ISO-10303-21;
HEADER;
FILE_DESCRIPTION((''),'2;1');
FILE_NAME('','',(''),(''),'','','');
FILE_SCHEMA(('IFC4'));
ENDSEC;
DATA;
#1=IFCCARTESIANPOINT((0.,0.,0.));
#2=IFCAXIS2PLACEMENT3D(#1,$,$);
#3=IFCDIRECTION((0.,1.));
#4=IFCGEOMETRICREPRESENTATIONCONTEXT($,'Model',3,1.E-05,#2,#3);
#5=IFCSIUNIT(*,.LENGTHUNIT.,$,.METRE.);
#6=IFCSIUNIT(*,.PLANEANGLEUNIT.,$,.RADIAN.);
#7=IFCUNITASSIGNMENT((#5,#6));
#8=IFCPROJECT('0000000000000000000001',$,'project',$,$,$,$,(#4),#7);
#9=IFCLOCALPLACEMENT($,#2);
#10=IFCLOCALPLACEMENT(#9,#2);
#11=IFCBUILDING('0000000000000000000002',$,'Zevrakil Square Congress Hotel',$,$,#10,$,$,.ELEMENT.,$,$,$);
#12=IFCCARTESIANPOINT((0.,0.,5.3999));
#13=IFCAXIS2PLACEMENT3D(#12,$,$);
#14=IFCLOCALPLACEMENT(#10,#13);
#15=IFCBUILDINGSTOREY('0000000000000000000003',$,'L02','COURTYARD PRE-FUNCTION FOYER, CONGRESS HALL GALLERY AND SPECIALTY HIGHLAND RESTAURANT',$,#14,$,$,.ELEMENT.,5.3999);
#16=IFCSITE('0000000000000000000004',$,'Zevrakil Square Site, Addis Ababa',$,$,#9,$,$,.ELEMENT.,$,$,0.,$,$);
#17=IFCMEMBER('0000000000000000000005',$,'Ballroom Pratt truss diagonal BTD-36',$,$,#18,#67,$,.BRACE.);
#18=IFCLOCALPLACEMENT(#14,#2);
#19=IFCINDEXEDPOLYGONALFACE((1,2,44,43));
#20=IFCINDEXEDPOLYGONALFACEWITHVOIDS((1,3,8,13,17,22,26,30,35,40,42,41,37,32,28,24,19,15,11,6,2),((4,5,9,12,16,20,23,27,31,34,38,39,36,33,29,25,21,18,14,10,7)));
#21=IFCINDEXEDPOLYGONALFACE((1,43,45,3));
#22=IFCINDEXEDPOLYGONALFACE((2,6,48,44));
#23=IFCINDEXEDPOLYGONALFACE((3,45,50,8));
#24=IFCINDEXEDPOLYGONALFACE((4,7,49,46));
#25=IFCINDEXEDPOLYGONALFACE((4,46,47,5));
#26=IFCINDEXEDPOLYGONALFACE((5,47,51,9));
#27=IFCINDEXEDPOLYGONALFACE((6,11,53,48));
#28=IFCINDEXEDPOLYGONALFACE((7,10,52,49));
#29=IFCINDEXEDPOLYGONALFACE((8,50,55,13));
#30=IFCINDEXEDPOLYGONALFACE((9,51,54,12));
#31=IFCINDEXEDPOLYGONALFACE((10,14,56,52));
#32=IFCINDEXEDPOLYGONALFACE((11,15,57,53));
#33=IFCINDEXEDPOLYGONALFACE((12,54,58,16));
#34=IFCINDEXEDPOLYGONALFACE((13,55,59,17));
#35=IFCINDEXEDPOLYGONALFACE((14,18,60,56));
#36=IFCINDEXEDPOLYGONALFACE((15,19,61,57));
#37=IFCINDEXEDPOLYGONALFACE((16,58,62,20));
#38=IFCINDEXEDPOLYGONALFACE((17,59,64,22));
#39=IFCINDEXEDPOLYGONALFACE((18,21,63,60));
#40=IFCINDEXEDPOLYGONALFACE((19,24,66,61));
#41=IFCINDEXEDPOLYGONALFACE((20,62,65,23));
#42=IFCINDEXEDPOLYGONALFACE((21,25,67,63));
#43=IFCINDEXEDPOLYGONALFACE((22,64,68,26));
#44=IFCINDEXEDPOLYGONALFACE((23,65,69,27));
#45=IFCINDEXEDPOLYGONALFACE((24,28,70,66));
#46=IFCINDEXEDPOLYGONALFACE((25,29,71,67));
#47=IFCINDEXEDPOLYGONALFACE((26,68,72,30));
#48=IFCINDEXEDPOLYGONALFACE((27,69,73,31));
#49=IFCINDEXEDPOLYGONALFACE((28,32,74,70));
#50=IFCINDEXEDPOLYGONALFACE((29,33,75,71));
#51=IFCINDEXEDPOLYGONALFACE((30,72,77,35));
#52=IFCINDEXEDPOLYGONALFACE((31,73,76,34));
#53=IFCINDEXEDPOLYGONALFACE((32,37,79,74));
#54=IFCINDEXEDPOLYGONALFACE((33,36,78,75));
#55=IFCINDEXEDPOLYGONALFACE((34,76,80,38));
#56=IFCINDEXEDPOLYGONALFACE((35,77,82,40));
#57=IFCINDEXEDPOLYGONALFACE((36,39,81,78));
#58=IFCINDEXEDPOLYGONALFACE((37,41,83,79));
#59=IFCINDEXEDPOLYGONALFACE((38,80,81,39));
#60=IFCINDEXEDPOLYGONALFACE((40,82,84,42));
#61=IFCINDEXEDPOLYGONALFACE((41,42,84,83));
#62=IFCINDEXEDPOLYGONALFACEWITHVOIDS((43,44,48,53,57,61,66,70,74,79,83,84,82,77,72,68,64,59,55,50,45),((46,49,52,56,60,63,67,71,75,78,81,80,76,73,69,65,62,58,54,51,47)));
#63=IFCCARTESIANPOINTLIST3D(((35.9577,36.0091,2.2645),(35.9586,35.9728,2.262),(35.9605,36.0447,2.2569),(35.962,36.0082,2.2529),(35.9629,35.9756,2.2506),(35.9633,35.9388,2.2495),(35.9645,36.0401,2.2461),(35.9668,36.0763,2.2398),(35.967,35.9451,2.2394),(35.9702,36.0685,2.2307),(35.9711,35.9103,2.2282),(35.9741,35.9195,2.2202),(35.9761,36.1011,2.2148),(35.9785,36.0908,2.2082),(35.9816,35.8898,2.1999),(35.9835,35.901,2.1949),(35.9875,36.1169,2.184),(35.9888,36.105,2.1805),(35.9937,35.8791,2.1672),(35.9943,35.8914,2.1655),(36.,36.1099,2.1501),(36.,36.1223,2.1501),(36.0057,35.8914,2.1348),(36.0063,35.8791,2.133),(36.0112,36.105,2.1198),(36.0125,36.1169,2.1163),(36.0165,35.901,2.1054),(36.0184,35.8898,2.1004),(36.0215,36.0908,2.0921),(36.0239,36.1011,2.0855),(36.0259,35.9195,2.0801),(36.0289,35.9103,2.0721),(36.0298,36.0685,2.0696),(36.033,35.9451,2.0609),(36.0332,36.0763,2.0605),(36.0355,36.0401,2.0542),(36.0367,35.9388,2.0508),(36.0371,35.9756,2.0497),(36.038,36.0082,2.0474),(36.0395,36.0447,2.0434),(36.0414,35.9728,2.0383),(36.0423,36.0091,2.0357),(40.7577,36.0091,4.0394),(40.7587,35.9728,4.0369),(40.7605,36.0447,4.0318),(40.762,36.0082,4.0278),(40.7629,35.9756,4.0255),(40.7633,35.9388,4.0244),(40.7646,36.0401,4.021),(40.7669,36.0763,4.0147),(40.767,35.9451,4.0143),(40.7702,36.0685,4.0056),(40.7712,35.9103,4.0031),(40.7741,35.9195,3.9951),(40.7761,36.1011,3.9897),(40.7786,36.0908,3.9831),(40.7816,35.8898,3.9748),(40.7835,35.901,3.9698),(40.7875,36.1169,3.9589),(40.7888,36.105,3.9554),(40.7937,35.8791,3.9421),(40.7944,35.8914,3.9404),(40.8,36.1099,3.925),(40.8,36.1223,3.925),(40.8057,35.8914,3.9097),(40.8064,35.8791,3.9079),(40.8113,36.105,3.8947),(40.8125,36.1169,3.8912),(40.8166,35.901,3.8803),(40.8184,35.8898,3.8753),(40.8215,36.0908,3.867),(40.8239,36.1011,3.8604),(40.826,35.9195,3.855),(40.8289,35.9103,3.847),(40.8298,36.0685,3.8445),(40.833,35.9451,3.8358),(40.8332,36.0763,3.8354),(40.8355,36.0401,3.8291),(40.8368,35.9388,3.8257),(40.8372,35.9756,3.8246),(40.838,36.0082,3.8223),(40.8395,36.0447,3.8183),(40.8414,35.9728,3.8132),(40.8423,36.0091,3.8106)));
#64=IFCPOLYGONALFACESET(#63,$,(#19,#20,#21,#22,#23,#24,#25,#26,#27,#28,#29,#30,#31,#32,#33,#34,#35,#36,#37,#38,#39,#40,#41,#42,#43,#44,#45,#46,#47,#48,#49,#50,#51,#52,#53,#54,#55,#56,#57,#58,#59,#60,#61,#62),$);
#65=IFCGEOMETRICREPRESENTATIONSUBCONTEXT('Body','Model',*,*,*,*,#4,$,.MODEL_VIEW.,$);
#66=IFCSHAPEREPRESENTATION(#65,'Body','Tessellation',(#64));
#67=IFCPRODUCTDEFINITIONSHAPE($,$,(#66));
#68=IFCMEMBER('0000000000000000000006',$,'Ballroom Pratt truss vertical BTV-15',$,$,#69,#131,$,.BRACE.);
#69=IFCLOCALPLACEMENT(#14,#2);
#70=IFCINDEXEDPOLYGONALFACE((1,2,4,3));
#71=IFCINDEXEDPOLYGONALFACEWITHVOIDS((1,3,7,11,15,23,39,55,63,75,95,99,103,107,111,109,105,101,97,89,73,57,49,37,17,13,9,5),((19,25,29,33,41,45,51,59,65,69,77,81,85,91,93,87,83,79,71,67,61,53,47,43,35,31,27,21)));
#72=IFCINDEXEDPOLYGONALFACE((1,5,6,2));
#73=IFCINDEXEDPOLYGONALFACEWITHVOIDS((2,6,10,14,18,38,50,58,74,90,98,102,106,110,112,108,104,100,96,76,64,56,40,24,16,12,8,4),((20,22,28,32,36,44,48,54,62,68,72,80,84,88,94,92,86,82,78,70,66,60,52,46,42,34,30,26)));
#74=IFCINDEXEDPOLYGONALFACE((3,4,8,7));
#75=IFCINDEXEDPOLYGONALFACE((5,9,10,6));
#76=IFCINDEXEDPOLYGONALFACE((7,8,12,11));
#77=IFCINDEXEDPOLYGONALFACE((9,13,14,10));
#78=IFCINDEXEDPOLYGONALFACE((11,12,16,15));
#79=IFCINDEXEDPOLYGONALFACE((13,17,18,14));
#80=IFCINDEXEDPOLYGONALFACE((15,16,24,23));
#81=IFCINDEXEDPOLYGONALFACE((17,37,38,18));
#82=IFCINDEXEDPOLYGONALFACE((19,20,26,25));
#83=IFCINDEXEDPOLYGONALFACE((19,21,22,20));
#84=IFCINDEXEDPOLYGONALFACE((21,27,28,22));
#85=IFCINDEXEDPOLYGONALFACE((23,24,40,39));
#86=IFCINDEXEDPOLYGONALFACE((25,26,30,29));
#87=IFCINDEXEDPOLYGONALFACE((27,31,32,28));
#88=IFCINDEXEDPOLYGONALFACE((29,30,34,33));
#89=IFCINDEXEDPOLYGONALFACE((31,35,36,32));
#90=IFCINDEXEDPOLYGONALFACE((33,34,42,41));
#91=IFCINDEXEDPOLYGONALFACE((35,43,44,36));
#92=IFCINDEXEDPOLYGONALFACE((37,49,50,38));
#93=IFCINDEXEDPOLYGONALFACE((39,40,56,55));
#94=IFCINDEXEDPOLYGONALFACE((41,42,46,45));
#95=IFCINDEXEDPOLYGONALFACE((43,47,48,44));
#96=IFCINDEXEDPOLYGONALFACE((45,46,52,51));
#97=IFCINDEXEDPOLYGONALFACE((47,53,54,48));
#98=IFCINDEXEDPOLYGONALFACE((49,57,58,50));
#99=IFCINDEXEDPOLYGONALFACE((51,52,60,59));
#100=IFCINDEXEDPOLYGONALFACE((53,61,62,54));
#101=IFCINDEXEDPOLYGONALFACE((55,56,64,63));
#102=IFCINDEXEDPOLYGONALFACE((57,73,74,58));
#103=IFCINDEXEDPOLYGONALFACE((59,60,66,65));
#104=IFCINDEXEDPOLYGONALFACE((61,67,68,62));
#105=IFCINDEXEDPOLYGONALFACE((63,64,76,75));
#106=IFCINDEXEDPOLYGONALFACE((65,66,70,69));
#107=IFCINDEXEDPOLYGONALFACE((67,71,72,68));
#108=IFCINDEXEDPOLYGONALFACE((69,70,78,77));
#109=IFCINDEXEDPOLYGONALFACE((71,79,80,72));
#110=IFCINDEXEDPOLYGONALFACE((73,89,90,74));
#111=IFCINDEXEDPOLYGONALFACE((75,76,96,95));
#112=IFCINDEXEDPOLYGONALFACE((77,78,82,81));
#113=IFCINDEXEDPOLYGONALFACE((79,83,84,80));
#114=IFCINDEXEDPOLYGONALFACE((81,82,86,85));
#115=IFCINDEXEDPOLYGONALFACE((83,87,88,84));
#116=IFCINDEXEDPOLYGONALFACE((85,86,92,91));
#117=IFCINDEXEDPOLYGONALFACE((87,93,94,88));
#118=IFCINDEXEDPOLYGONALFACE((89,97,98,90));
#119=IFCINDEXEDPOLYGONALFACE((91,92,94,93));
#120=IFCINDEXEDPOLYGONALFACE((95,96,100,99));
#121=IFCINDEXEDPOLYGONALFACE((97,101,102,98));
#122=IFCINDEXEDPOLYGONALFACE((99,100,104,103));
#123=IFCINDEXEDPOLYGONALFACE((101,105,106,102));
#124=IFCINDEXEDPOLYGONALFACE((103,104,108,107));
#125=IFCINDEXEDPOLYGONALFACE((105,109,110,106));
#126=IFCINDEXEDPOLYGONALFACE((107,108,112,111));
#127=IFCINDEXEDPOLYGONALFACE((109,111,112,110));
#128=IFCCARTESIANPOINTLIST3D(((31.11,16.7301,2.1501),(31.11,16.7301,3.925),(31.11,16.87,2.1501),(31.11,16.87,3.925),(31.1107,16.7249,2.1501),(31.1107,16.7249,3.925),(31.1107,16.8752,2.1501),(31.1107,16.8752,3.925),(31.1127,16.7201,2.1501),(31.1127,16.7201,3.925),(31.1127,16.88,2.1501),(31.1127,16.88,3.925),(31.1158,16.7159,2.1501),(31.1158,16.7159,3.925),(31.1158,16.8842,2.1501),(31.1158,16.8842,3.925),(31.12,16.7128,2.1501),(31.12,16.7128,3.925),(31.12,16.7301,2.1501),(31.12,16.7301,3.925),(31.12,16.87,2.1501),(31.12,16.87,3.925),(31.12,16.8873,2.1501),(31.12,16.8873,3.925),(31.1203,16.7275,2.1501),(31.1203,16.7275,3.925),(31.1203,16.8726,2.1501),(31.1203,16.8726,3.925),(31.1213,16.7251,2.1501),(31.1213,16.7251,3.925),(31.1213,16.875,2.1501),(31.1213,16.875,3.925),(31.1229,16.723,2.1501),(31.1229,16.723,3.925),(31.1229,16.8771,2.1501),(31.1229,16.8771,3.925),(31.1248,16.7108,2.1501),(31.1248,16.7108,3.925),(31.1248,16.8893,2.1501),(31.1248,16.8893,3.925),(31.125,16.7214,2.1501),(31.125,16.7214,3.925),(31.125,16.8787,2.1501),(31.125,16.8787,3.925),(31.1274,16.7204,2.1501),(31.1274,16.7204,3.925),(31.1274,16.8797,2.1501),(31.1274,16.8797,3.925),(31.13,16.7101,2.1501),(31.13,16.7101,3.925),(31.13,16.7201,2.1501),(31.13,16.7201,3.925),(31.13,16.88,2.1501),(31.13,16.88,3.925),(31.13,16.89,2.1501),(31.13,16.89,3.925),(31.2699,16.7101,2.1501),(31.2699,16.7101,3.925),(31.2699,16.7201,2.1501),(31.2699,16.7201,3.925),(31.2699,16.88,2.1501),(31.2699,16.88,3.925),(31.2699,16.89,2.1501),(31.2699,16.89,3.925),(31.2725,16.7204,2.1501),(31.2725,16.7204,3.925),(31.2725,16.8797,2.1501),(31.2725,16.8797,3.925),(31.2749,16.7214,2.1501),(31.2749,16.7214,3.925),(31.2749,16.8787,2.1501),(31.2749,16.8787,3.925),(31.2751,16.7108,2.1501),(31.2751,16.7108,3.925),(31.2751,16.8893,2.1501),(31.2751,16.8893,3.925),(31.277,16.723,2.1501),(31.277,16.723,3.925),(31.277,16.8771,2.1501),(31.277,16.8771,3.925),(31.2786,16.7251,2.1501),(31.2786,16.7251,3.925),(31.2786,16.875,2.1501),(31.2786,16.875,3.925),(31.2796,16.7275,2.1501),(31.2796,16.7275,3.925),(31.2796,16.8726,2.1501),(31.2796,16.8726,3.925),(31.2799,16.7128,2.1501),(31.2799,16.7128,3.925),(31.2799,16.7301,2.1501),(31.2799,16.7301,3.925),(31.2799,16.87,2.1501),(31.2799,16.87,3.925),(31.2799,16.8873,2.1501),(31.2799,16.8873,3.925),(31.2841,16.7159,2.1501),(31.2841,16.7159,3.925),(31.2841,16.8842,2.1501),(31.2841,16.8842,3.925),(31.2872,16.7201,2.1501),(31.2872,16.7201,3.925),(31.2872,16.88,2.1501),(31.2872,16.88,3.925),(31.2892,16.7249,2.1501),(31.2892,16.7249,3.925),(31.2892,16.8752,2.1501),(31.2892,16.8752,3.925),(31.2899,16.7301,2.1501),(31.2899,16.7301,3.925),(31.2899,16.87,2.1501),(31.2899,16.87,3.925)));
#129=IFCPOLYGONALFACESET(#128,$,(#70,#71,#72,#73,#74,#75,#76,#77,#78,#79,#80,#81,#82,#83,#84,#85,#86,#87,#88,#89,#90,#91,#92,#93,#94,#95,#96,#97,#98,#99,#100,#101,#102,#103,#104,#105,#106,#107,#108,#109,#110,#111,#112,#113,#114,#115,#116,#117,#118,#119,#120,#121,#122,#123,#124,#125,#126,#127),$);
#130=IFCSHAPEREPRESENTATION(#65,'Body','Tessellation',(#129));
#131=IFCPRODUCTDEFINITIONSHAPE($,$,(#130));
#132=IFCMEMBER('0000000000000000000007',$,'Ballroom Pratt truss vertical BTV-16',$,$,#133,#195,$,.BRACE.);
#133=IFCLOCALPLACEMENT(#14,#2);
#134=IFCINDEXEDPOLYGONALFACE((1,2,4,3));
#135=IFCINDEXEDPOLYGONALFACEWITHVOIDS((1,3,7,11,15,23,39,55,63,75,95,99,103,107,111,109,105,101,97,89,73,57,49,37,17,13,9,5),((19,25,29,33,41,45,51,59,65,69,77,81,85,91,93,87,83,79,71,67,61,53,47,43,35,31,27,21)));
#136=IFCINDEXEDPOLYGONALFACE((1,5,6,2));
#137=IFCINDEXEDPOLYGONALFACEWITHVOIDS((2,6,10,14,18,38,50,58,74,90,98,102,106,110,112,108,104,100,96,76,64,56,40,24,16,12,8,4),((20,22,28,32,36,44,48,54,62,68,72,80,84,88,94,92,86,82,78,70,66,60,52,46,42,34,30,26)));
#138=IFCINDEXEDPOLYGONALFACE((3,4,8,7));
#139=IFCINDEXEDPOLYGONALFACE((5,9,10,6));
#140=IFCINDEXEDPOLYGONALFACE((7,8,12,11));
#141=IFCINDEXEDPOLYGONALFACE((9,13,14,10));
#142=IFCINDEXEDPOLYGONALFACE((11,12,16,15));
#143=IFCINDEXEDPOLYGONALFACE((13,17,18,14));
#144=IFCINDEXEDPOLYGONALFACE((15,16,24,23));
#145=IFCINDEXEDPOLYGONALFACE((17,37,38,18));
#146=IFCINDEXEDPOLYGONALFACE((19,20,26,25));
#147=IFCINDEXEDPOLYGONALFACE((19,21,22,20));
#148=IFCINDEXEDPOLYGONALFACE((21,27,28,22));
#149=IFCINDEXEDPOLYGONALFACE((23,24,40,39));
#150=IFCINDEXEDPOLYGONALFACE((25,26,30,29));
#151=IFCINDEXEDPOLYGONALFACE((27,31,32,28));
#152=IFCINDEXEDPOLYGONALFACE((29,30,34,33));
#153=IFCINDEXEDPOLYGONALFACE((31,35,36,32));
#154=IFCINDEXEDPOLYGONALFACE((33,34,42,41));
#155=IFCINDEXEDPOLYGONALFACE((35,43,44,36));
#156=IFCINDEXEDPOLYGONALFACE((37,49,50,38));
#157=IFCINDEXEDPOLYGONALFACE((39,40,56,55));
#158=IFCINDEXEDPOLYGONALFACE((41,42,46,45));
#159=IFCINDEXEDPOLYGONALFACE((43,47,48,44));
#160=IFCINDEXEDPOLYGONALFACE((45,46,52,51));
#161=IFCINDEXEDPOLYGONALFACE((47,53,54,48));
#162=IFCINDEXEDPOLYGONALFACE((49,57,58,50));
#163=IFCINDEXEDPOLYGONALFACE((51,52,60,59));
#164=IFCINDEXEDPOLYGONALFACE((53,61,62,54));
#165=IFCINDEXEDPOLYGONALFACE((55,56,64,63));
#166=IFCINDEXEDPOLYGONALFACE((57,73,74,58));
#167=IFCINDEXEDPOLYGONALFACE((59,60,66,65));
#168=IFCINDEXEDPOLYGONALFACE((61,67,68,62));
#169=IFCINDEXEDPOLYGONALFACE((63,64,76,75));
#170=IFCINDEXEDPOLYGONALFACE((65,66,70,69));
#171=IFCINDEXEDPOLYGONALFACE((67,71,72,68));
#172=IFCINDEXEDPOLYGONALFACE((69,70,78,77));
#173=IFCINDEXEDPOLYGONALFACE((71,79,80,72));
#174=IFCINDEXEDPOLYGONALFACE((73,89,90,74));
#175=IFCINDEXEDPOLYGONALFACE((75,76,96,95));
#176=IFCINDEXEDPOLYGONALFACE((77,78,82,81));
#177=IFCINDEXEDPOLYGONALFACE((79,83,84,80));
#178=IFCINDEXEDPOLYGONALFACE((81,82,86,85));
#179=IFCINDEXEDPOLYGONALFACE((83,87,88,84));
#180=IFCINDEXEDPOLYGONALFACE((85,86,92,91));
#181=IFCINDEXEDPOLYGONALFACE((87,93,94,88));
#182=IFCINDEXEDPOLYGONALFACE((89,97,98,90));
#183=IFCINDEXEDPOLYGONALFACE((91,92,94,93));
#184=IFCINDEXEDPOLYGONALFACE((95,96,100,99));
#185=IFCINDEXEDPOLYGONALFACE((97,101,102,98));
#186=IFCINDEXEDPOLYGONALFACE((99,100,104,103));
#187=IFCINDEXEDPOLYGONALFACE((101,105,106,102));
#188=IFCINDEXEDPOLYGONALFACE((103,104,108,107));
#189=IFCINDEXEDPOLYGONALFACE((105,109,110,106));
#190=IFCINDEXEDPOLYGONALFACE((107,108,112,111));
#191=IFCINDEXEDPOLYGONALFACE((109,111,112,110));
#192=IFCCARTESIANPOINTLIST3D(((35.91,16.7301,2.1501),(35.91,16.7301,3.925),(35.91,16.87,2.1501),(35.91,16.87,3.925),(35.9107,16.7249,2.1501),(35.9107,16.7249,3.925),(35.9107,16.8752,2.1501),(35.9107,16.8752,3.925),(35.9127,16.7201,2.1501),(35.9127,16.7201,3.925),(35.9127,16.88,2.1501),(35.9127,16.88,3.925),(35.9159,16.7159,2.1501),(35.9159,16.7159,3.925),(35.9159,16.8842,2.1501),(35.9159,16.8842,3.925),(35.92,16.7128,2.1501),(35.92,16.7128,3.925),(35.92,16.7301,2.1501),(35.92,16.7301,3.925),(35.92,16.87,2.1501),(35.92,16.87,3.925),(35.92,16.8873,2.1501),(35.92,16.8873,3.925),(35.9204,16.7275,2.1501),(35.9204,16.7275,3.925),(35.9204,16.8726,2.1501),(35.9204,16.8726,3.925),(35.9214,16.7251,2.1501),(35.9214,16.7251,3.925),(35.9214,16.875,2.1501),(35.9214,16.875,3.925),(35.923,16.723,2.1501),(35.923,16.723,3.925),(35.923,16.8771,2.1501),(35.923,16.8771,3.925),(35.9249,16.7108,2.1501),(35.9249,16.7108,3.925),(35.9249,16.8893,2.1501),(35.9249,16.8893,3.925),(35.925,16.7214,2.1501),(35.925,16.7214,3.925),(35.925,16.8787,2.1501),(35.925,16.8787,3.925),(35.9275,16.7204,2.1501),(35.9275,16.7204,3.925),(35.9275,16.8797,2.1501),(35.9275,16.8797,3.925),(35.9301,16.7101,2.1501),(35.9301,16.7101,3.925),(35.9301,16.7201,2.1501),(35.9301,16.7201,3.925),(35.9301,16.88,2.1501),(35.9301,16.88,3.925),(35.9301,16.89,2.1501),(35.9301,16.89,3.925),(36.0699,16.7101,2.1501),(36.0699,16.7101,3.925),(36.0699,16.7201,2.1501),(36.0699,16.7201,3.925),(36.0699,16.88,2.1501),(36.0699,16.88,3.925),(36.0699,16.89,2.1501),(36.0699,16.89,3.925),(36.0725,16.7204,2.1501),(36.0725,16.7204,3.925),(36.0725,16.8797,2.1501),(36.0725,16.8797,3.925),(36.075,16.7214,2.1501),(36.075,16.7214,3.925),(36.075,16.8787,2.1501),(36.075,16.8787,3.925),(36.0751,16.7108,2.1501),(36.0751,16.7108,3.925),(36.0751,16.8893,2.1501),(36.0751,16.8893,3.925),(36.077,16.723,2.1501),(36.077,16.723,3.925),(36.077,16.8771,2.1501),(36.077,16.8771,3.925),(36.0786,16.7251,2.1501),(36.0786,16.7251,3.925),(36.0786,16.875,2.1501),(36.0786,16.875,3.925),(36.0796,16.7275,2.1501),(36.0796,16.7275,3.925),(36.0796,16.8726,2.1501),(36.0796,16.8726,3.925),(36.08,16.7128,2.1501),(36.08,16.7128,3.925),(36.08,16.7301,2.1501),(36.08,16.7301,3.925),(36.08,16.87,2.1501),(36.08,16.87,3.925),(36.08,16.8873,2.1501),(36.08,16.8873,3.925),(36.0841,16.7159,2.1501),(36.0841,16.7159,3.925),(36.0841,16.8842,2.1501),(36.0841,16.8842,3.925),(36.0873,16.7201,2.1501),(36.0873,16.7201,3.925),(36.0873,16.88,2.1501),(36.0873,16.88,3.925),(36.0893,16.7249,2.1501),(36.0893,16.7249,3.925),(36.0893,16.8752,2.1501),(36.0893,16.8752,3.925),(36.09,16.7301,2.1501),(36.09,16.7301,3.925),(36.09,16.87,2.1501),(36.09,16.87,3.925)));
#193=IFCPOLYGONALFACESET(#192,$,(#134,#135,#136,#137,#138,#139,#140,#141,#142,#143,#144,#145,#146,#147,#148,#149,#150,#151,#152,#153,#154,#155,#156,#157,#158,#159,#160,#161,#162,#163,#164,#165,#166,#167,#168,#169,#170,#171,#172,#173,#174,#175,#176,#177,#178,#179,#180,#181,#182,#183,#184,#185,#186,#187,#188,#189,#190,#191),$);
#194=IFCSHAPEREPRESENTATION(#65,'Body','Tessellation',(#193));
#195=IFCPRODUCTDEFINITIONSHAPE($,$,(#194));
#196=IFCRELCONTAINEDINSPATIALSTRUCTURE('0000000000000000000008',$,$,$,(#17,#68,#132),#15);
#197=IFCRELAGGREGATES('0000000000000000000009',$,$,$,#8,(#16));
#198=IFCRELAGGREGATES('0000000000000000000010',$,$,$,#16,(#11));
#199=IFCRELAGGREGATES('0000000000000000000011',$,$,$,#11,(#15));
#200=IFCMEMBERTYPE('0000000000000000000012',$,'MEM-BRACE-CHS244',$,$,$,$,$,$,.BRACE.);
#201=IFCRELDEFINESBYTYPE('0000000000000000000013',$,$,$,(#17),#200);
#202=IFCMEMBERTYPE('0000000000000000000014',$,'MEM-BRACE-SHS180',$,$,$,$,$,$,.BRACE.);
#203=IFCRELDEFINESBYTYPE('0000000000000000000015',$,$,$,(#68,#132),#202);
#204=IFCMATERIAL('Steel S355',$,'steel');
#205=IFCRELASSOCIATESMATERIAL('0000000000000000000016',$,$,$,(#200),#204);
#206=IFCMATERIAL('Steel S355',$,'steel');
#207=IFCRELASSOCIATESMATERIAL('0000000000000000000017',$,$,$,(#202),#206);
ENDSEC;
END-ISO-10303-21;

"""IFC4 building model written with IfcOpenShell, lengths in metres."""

from ifc_helpers import new_model, si_unit, direction, frame, origin, origin_2d, place, context, subcontext, project, spatial, hollow_rectangle, hollow_circle, extrude, material, material_profile, profile_set, type_object, element, save


model = new_model("IFC4")

# Units and contexts
model_context = context("Model", 3, precision=1e-05, world=origin(), true_north=direction((0.0, 1.0)))
body_context = subcontext(model_context, "Body", "Model", "MODEL_VIEW")
ifc_project = project(units=[si_unit("LENGTHUNIT", "METRE"), si_unit("PLANEANGLEUNIT", "RADIAN")], contexts=[model_context])

# Site, building, storey
site_placement = place(None, origin())
site = spatial("IfcSite", under=ifc_project, at=site_placement, Name="Zevrakil Square Site, Addis Ababa", CompositionType="ELEMENT", RefElevation=0.0)
building_placement = place(site_placement, origin())
building = spatial("IfcBuilding", under=site, at=building_placement, Name="Zevrakil Square Congress Hotel", CompositionType="ELEMENT")
storey_placement = place(building_placement, frame((0.0, 0.0, 5.3999)))
storey = spatial("IfcBuildingStorey", under=building, at=storey_placement, Name="L02", Description="COURTYARD PRE-FUNCTION FOYER, CONGRESS HALL GALLERY AND SPECIALTY HIGHLAND RESTAURANT", CompositionType="ELEMENT", Elevation=5.3999)

# Members
ifc_material_1 = material(Name="Steel S355", Category="steel")
ifc_material_profile_1 = material_profile(ifc_material_1, hollow_circle(Radius=0.1223, WallThickness=0.0125, at=origin_2d()), Name="CHS 244.5x12.5")
ifc_profile_set_1 = profile_set([ifc_material_profile_1], Name="Steel S355")
member_type_1 = type_object("IfcMemberType", Name="MEM-BRACE-CHS244", PredefinedType="BRACE", material=ifc_profile_set_1)
for number, where, z_axis, x_axis, name in (
    (1, (36.0, 36.0, 2.1501), (0.937933, 0.0, 0.346817), (0.0, 1.0, 0.0), "Ballroom Pratt truss diagonal BTD-36"),
):
    element("IfcMember", number, at=place(storey_placement, frame(where, z_axis=z_axis, x_axis=x_axis)), inside=storey, type_object=member_type_1, Name=name, PredefinedType="BRACE", context=body_context, shape_type="SweptSolid", body=[
        extrude(hollow_circle(Radius=0.1223, WallThickness=0.0125, at=origin_2d()), origin(), (0.0, 0.0, 1.0), 5.1177),
    ])
ifc_material_2 = material(Name="Steel S355", Category="steel")
ifc_material_profile_2 = material_profile(ifc_material_2, hollow_rectangle(XDim=0.1799, YDim=0.1799, WallThickness=0.01, InnerFilletRadius=0.01, OuterFilletRadius=0.02, at=origin_2d()), Name="SHS 180x180x10")
ifc_profile_set_2 = profile_set([ifc_material_profile_2], Name="Steel S355")
member_type_2 = type_object("IfcMemberType", Name="MEM-BRACE-SHS180", PredefinedType="BRACE", material=ifc_profile_set_2)
for number, where, z_axis, x_axis, name in (
    (2, (31.2, 16.8, 2.1501), (0.0, 0.0, 1.0), (1.0, 0.0, 0.0), "Ballroom Pratt truss vertical BTV-15"),
    (3, (36.0, 16.8, 2.1501), (0.0, 0.0, 1.0), (1.0, 0.0, 0.0), "Ballroom Pratt truss vertical BTV-16"),
):
    element("IfcMember", number, at=place(storey_placement, frame(where, z_axis=z_axis, x_axis=x_axis)), inside=storey, type_object=member_type_2, Name=name, PredefinedType="BRACE", context=body_context, shape_type="SweptSolid", body=[
        extrude(hollow_rectangle(XDim=0.1799, YDim=0.1799, WallThickness=0.01, InnerFilletRadius=0.01, OuterFilletRadius=0.02, at=origin_2d()), origin(), (0.0, 0.0, 1.0), 1.7749),
    ])

save(model, "model.ifc")
